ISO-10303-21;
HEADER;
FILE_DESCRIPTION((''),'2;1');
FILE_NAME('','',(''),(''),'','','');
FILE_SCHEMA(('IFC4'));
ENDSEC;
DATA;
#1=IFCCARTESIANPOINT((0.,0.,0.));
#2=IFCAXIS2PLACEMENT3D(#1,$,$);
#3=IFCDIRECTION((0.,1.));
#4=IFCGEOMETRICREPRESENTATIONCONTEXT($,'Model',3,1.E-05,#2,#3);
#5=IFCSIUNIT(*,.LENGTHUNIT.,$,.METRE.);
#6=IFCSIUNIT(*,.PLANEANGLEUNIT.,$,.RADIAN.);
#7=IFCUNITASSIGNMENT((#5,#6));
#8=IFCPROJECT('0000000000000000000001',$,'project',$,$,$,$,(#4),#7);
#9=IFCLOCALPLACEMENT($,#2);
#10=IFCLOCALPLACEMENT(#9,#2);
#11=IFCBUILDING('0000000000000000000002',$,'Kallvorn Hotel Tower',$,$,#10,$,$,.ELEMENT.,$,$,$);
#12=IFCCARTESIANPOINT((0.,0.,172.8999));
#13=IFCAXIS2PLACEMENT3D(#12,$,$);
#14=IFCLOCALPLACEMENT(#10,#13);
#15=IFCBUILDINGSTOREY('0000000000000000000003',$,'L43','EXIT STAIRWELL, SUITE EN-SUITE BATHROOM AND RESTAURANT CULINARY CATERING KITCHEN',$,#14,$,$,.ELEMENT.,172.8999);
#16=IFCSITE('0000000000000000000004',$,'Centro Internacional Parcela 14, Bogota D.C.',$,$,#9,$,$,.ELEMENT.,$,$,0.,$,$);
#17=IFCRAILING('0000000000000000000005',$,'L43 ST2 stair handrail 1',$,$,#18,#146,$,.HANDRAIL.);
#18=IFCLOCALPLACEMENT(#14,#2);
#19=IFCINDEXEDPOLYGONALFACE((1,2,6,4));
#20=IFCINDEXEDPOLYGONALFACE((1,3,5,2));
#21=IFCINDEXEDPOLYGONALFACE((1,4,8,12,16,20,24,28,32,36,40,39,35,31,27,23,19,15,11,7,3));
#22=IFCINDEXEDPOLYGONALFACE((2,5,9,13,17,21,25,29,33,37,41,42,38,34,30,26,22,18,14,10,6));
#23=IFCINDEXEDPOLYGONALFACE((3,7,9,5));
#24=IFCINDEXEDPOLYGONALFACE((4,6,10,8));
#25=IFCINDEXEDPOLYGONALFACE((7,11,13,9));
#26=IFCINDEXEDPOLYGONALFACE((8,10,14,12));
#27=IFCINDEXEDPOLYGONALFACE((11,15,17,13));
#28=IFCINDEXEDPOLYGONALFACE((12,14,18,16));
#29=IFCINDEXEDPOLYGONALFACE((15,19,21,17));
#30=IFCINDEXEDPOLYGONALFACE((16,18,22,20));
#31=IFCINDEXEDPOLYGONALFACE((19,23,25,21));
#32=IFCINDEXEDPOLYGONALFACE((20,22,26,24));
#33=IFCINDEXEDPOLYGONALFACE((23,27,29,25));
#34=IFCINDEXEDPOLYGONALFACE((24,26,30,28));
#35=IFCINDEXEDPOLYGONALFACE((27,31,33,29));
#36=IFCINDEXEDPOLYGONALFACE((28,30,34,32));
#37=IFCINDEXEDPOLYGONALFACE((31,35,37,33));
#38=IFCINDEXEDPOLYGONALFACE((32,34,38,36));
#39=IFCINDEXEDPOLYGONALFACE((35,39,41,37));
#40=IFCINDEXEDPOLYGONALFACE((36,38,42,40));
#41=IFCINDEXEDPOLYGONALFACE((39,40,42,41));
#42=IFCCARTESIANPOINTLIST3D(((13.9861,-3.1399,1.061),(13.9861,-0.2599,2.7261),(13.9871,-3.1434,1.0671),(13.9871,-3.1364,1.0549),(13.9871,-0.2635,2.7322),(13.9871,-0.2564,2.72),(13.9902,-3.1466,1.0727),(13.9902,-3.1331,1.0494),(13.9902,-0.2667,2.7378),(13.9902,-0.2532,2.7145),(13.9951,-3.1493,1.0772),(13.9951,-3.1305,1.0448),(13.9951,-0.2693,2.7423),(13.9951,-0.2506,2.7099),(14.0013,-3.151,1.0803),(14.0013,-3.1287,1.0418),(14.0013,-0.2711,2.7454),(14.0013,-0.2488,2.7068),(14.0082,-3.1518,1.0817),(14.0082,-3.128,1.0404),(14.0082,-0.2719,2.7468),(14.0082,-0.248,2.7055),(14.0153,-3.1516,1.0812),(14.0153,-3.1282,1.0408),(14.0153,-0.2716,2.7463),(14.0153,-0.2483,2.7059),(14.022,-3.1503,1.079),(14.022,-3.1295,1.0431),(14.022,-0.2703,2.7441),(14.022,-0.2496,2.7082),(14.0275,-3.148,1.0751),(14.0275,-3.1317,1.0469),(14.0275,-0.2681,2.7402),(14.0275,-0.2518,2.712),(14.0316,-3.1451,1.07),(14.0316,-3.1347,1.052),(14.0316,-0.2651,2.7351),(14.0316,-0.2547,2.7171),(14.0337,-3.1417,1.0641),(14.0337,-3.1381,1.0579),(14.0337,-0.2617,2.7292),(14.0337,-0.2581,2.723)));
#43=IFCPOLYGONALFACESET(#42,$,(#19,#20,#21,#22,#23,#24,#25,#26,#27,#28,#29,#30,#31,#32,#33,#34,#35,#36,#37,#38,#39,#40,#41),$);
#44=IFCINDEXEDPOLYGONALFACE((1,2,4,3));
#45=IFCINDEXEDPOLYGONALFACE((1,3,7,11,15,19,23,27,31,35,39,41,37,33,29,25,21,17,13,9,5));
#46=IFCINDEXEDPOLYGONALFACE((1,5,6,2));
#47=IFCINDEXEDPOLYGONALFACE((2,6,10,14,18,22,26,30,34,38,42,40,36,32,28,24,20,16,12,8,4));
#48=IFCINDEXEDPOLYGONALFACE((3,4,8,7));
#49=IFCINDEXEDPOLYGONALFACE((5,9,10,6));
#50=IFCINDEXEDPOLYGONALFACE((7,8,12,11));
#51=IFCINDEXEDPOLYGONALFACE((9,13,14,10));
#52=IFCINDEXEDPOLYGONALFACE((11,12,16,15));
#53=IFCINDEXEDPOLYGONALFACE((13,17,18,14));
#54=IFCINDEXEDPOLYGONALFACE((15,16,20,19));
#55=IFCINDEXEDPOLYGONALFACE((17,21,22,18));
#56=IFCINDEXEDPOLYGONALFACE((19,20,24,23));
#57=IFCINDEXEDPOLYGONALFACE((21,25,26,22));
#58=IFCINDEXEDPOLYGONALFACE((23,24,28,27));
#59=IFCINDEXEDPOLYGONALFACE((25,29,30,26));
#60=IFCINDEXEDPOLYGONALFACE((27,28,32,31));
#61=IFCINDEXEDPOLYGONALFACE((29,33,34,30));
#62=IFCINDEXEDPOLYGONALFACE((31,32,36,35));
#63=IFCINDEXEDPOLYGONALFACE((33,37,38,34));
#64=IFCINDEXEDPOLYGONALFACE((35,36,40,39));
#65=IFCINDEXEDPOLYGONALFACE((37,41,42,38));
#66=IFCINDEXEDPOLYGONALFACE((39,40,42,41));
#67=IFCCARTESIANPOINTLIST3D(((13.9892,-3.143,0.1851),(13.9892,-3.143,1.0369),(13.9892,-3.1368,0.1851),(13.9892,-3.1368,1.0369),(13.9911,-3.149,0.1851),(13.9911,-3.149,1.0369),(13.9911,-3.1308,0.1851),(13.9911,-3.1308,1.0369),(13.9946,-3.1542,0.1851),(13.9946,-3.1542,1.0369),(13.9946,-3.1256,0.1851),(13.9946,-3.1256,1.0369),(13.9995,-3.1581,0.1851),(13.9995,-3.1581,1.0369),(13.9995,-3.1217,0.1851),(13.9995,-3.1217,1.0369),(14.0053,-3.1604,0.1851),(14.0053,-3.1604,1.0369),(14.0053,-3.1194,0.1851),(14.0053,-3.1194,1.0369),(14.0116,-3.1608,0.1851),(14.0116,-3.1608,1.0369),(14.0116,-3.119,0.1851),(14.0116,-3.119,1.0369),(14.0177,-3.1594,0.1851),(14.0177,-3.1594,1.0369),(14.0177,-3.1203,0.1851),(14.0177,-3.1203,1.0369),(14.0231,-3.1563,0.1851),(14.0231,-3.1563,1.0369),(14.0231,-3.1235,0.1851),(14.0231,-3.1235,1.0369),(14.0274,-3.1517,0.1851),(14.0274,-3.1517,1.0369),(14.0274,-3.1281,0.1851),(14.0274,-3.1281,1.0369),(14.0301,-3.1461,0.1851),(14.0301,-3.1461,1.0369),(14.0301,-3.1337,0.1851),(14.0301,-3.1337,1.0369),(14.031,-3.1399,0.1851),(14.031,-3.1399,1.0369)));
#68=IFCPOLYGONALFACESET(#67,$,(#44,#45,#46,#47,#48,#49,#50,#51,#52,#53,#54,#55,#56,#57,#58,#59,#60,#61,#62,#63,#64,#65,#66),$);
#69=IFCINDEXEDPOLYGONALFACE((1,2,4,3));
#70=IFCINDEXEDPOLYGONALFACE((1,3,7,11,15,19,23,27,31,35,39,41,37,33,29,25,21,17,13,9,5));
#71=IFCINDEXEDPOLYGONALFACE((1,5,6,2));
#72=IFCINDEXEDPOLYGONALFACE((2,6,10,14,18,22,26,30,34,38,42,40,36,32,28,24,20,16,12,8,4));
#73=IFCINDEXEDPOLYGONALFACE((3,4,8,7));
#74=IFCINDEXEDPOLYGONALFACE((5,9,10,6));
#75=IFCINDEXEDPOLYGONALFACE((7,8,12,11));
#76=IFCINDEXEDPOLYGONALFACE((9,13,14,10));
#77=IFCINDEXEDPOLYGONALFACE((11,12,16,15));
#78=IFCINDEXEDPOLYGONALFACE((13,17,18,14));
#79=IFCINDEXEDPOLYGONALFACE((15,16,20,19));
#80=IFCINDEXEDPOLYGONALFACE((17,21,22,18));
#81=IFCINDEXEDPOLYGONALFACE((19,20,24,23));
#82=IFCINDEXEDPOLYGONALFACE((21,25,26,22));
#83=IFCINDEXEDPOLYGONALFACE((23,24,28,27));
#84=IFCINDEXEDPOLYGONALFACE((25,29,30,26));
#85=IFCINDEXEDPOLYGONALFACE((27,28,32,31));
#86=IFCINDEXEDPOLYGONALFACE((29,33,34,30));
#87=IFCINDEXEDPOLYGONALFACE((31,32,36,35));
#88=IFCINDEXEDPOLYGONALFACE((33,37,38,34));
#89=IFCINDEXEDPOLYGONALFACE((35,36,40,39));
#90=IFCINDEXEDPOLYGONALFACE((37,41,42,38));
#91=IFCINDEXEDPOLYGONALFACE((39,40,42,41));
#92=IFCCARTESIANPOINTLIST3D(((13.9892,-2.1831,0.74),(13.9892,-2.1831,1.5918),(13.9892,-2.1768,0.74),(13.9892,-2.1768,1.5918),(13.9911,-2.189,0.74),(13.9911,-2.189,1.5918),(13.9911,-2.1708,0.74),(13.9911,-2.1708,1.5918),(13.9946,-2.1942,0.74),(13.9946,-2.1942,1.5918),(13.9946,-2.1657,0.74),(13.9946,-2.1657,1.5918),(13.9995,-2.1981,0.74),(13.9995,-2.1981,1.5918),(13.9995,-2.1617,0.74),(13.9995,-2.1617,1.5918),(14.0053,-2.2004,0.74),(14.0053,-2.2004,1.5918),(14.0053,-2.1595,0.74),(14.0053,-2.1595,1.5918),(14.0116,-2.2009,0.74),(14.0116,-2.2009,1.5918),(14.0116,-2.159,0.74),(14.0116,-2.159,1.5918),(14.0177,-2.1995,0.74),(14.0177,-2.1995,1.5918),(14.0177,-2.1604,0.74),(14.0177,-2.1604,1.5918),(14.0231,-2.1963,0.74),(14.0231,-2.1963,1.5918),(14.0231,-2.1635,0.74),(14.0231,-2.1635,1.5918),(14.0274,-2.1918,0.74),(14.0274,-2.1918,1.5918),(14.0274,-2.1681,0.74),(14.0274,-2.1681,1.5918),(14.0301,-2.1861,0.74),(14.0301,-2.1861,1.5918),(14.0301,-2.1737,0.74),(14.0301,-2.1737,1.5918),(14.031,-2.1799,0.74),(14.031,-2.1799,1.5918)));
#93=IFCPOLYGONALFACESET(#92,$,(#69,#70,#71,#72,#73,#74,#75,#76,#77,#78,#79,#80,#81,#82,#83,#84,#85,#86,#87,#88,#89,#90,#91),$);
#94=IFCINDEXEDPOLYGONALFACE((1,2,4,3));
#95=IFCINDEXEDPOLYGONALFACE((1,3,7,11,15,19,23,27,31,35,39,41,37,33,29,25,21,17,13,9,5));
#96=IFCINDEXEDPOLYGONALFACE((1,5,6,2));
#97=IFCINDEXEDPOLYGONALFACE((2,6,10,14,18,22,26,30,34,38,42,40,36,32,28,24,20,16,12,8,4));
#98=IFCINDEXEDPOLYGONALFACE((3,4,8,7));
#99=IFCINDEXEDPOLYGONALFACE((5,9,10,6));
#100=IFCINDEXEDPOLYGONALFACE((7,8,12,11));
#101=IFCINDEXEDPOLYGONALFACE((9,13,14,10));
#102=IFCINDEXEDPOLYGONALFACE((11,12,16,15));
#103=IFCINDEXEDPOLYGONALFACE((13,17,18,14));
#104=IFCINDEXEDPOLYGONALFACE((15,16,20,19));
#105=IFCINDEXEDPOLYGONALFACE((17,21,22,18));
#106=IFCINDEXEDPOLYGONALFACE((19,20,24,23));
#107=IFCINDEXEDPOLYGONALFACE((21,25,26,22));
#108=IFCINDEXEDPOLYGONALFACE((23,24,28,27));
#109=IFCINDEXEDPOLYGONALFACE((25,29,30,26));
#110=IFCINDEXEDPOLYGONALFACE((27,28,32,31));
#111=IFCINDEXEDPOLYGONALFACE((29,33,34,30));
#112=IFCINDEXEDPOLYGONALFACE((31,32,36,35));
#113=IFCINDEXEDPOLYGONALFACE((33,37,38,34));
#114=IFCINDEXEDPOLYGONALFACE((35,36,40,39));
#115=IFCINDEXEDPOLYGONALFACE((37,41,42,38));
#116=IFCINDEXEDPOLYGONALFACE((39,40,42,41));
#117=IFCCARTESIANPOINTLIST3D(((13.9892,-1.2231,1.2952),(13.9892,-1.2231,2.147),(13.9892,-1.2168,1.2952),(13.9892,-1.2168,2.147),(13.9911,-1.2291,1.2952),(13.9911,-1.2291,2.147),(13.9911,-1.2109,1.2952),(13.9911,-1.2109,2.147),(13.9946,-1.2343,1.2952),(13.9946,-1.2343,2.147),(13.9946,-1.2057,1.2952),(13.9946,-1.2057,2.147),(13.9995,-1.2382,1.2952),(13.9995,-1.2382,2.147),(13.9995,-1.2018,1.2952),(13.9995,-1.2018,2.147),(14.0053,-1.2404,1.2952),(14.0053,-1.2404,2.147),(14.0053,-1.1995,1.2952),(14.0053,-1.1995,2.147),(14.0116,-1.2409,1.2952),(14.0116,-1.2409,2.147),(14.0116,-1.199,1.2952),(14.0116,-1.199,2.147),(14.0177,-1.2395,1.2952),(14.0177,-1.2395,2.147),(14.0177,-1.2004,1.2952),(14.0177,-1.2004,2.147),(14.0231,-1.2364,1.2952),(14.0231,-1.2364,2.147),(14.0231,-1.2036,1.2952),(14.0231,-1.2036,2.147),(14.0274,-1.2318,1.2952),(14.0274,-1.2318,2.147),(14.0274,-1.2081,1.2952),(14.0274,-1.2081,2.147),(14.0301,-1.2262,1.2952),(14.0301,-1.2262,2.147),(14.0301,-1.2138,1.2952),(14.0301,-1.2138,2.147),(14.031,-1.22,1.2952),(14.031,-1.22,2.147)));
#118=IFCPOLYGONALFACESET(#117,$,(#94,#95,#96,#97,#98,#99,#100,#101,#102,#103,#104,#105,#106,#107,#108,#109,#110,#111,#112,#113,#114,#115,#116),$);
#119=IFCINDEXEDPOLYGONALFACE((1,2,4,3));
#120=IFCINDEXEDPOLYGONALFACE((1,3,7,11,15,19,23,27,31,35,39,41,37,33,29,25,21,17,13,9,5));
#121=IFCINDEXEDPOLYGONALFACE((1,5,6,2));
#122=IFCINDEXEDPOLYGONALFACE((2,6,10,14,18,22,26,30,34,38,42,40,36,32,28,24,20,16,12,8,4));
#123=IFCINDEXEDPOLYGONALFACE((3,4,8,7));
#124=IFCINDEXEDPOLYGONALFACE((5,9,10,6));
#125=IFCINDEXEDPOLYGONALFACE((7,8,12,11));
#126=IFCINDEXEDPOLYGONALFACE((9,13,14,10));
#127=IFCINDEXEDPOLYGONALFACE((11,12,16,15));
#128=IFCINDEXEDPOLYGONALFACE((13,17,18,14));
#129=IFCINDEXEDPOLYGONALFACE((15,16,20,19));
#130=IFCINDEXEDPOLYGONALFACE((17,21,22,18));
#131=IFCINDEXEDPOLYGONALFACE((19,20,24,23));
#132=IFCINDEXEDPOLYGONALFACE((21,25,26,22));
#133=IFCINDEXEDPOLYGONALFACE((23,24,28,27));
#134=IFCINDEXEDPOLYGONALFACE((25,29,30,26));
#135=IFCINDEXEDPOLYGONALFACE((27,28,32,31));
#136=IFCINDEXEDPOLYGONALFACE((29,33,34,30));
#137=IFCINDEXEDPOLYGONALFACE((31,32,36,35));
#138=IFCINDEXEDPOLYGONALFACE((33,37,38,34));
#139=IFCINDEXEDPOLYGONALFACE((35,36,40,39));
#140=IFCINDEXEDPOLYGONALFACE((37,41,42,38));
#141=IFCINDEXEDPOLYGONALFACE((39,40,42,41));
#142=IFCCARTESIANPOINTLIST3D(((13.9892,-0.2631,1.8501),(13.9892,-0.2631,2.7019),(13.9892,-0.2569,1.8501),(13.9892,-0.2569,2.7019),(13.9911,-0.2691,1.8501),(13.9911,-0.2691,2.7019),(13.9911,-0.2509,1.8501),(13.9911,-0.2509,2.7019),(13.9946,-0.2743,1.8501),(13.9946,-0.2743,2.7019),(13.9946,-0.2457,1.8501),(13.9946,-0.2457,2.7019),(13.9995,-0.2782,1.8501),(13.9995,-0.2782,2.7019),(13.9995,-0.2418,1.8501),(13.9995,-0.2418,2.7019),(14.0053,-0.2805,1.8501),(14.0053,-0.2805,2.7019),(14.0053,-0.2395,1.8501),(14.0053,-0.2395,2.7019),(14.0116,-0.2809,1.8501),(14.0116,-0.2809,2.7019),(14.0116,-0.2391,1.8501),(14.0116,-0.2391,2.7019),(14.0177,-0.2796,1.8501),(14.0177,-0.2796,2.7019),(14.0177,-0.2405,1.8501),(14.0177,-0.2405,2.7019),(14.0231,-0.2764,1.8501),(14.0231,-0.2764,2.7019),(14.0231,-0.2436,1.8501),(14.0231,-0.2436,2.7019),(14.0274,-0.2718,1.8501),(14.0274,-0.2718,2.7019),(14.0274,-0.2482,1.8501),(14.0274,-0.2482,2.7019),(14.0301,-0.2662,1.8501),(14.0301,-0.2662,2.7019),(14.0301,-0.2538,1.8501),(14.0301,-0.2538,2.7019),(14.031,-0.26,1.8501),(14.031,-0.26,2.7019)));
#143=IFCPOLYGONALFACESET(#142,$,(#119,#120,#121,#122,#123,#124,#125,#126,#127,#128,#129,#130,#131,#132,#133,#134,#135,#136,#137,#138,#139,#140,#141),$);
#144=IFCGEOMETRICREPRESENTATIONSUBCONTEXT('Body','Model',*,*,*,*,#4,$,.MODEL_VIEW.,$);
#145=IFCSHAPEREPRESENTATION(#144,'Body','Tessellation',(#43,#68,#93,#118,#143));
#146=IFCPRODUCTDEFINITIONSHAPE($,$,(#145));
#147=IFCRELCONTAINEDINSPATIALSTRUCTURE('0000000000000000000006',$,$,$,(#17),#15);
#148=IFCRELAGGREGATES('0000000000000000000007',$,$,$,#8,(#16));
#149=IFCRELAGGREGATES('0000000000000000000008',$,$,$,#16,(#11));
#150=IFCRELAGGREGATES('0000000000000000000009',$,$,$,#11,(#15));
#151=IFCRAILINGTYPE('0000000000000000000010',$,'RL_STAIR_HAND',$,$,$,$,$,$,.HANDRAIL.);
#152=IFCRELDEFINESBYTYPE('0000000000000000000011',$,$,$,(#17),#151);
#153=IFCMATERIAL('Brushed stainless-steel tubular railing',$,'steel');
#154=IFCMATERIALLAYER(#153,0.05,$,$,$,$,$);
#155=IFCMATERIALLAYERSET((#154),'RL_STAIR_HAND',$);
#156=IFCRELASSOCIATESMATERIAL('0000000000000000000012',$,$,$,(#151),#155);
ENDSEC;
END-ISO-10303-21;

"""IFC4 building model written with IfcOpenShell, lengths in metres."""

from ifc_helpers import new_model, si_unit, direction, frame, origin, origin_2d, place, context, subcontext, project, spatial, circle, extrude, material, layer, layer_set, type_object, element, save


model = new_model("IFC4")

# Units and contexts
model_context = context("Model", 3, precision=1e-05, world=origin(), true_north=direction((0.0, 1.0)))
body_context = subcontext(model_context, "Body", "Model", "MODEL_VIEW")
ifc_project = project(units=[si_unit("LENGTHUNIT", "METRE"), si_unit("PLANEANGLEUNIT", "RADIAN")], contexts=[model_context])

# Site, building, storey
site_placement = place(None, origin())
site = spatial("IfcSite", under=ifc_project, at=site_placement, Name="Centro Internacional Parcela 14, Bogota D.C.", CompositionType="ELEMENT", RefElevation=0.0)
building_placement = place(site_placement, origin())
building = spatial("IfcBuilding", under=site, at=building_placement, Name="Kallvorn Hotel Tower", CompositionType="ELEMENT")
storey_placement = place(building_placement, frame((0.0, 0.0, 172.8999)))
storey = spatial("IfcBuildingStorey", under=building, at=storey_placement, Name="L43", Description="EXIT STAIRWELL, SUITE EN-SUITE BATHROOM AND RESTAURANT CULINARY CATERING KITCHEN", CompositionType="ELEMENT", Elevation=172.8999)

# Railing
ifc_material_1 = material(Name="Brushed stainless-steel tubular railing", Category="steel")
ifc_layer_1 = layer(ifc_material_1, 0.05)
ifc_layer_set_1 = layer_set([ifc_layer_1], Name="RL_STAIR_HAND")
railing_type_1 = type_object("IfcRailingType", Name="RL_STAIR_HAND", PredefinedType="HANDRAIL", material=ifc_layer_set_1)
railing_1_placement = place(storey_placement, frame((14.01, -3.1399, 0.1851)))
element("IfcRailing", 1, at=railing_1_placement, inside=storey, type_object=railing_type_1, Name="L43 ST2 stair handrail 1", PredefinedType="HANDRAIL", context=body_context, shape_type="SweptSolid", body=[
    extrude(circle(Radius=0.0239, at=origin_2d()), frame((0.0, 0.0, 0.876), z_axis=(0.0, 0.865721, 0.500527), x_axis=(-1.0, 0.0, 0.0)), (0.0, 0.0, 1.0), 3.3267),
    extrude(circle(Radius=0.021, at=origin_2d()), origin(), (0.0, 0.0, 1.0), 0.8518),
    extrude(circle(Radius=0.021, at=origin_2d()), frame((0.0, 0.96, 0.5549)), (0.0, 0.0, 1.0), 0.8518),
    extrude(circle(Radius=0.021, at=origin_2d()), frame((0.0, 1.9199, 1.1101)), (0.0, 0.0, 1.0), 0.8518),
    extrude(circle(Radius=0.021, at=origin_2d()), frame((0.0, 2.8799, 1.665)), (0.0, 0.0, 1.0), 0.8518),
])

save(model, "model.ifc")
